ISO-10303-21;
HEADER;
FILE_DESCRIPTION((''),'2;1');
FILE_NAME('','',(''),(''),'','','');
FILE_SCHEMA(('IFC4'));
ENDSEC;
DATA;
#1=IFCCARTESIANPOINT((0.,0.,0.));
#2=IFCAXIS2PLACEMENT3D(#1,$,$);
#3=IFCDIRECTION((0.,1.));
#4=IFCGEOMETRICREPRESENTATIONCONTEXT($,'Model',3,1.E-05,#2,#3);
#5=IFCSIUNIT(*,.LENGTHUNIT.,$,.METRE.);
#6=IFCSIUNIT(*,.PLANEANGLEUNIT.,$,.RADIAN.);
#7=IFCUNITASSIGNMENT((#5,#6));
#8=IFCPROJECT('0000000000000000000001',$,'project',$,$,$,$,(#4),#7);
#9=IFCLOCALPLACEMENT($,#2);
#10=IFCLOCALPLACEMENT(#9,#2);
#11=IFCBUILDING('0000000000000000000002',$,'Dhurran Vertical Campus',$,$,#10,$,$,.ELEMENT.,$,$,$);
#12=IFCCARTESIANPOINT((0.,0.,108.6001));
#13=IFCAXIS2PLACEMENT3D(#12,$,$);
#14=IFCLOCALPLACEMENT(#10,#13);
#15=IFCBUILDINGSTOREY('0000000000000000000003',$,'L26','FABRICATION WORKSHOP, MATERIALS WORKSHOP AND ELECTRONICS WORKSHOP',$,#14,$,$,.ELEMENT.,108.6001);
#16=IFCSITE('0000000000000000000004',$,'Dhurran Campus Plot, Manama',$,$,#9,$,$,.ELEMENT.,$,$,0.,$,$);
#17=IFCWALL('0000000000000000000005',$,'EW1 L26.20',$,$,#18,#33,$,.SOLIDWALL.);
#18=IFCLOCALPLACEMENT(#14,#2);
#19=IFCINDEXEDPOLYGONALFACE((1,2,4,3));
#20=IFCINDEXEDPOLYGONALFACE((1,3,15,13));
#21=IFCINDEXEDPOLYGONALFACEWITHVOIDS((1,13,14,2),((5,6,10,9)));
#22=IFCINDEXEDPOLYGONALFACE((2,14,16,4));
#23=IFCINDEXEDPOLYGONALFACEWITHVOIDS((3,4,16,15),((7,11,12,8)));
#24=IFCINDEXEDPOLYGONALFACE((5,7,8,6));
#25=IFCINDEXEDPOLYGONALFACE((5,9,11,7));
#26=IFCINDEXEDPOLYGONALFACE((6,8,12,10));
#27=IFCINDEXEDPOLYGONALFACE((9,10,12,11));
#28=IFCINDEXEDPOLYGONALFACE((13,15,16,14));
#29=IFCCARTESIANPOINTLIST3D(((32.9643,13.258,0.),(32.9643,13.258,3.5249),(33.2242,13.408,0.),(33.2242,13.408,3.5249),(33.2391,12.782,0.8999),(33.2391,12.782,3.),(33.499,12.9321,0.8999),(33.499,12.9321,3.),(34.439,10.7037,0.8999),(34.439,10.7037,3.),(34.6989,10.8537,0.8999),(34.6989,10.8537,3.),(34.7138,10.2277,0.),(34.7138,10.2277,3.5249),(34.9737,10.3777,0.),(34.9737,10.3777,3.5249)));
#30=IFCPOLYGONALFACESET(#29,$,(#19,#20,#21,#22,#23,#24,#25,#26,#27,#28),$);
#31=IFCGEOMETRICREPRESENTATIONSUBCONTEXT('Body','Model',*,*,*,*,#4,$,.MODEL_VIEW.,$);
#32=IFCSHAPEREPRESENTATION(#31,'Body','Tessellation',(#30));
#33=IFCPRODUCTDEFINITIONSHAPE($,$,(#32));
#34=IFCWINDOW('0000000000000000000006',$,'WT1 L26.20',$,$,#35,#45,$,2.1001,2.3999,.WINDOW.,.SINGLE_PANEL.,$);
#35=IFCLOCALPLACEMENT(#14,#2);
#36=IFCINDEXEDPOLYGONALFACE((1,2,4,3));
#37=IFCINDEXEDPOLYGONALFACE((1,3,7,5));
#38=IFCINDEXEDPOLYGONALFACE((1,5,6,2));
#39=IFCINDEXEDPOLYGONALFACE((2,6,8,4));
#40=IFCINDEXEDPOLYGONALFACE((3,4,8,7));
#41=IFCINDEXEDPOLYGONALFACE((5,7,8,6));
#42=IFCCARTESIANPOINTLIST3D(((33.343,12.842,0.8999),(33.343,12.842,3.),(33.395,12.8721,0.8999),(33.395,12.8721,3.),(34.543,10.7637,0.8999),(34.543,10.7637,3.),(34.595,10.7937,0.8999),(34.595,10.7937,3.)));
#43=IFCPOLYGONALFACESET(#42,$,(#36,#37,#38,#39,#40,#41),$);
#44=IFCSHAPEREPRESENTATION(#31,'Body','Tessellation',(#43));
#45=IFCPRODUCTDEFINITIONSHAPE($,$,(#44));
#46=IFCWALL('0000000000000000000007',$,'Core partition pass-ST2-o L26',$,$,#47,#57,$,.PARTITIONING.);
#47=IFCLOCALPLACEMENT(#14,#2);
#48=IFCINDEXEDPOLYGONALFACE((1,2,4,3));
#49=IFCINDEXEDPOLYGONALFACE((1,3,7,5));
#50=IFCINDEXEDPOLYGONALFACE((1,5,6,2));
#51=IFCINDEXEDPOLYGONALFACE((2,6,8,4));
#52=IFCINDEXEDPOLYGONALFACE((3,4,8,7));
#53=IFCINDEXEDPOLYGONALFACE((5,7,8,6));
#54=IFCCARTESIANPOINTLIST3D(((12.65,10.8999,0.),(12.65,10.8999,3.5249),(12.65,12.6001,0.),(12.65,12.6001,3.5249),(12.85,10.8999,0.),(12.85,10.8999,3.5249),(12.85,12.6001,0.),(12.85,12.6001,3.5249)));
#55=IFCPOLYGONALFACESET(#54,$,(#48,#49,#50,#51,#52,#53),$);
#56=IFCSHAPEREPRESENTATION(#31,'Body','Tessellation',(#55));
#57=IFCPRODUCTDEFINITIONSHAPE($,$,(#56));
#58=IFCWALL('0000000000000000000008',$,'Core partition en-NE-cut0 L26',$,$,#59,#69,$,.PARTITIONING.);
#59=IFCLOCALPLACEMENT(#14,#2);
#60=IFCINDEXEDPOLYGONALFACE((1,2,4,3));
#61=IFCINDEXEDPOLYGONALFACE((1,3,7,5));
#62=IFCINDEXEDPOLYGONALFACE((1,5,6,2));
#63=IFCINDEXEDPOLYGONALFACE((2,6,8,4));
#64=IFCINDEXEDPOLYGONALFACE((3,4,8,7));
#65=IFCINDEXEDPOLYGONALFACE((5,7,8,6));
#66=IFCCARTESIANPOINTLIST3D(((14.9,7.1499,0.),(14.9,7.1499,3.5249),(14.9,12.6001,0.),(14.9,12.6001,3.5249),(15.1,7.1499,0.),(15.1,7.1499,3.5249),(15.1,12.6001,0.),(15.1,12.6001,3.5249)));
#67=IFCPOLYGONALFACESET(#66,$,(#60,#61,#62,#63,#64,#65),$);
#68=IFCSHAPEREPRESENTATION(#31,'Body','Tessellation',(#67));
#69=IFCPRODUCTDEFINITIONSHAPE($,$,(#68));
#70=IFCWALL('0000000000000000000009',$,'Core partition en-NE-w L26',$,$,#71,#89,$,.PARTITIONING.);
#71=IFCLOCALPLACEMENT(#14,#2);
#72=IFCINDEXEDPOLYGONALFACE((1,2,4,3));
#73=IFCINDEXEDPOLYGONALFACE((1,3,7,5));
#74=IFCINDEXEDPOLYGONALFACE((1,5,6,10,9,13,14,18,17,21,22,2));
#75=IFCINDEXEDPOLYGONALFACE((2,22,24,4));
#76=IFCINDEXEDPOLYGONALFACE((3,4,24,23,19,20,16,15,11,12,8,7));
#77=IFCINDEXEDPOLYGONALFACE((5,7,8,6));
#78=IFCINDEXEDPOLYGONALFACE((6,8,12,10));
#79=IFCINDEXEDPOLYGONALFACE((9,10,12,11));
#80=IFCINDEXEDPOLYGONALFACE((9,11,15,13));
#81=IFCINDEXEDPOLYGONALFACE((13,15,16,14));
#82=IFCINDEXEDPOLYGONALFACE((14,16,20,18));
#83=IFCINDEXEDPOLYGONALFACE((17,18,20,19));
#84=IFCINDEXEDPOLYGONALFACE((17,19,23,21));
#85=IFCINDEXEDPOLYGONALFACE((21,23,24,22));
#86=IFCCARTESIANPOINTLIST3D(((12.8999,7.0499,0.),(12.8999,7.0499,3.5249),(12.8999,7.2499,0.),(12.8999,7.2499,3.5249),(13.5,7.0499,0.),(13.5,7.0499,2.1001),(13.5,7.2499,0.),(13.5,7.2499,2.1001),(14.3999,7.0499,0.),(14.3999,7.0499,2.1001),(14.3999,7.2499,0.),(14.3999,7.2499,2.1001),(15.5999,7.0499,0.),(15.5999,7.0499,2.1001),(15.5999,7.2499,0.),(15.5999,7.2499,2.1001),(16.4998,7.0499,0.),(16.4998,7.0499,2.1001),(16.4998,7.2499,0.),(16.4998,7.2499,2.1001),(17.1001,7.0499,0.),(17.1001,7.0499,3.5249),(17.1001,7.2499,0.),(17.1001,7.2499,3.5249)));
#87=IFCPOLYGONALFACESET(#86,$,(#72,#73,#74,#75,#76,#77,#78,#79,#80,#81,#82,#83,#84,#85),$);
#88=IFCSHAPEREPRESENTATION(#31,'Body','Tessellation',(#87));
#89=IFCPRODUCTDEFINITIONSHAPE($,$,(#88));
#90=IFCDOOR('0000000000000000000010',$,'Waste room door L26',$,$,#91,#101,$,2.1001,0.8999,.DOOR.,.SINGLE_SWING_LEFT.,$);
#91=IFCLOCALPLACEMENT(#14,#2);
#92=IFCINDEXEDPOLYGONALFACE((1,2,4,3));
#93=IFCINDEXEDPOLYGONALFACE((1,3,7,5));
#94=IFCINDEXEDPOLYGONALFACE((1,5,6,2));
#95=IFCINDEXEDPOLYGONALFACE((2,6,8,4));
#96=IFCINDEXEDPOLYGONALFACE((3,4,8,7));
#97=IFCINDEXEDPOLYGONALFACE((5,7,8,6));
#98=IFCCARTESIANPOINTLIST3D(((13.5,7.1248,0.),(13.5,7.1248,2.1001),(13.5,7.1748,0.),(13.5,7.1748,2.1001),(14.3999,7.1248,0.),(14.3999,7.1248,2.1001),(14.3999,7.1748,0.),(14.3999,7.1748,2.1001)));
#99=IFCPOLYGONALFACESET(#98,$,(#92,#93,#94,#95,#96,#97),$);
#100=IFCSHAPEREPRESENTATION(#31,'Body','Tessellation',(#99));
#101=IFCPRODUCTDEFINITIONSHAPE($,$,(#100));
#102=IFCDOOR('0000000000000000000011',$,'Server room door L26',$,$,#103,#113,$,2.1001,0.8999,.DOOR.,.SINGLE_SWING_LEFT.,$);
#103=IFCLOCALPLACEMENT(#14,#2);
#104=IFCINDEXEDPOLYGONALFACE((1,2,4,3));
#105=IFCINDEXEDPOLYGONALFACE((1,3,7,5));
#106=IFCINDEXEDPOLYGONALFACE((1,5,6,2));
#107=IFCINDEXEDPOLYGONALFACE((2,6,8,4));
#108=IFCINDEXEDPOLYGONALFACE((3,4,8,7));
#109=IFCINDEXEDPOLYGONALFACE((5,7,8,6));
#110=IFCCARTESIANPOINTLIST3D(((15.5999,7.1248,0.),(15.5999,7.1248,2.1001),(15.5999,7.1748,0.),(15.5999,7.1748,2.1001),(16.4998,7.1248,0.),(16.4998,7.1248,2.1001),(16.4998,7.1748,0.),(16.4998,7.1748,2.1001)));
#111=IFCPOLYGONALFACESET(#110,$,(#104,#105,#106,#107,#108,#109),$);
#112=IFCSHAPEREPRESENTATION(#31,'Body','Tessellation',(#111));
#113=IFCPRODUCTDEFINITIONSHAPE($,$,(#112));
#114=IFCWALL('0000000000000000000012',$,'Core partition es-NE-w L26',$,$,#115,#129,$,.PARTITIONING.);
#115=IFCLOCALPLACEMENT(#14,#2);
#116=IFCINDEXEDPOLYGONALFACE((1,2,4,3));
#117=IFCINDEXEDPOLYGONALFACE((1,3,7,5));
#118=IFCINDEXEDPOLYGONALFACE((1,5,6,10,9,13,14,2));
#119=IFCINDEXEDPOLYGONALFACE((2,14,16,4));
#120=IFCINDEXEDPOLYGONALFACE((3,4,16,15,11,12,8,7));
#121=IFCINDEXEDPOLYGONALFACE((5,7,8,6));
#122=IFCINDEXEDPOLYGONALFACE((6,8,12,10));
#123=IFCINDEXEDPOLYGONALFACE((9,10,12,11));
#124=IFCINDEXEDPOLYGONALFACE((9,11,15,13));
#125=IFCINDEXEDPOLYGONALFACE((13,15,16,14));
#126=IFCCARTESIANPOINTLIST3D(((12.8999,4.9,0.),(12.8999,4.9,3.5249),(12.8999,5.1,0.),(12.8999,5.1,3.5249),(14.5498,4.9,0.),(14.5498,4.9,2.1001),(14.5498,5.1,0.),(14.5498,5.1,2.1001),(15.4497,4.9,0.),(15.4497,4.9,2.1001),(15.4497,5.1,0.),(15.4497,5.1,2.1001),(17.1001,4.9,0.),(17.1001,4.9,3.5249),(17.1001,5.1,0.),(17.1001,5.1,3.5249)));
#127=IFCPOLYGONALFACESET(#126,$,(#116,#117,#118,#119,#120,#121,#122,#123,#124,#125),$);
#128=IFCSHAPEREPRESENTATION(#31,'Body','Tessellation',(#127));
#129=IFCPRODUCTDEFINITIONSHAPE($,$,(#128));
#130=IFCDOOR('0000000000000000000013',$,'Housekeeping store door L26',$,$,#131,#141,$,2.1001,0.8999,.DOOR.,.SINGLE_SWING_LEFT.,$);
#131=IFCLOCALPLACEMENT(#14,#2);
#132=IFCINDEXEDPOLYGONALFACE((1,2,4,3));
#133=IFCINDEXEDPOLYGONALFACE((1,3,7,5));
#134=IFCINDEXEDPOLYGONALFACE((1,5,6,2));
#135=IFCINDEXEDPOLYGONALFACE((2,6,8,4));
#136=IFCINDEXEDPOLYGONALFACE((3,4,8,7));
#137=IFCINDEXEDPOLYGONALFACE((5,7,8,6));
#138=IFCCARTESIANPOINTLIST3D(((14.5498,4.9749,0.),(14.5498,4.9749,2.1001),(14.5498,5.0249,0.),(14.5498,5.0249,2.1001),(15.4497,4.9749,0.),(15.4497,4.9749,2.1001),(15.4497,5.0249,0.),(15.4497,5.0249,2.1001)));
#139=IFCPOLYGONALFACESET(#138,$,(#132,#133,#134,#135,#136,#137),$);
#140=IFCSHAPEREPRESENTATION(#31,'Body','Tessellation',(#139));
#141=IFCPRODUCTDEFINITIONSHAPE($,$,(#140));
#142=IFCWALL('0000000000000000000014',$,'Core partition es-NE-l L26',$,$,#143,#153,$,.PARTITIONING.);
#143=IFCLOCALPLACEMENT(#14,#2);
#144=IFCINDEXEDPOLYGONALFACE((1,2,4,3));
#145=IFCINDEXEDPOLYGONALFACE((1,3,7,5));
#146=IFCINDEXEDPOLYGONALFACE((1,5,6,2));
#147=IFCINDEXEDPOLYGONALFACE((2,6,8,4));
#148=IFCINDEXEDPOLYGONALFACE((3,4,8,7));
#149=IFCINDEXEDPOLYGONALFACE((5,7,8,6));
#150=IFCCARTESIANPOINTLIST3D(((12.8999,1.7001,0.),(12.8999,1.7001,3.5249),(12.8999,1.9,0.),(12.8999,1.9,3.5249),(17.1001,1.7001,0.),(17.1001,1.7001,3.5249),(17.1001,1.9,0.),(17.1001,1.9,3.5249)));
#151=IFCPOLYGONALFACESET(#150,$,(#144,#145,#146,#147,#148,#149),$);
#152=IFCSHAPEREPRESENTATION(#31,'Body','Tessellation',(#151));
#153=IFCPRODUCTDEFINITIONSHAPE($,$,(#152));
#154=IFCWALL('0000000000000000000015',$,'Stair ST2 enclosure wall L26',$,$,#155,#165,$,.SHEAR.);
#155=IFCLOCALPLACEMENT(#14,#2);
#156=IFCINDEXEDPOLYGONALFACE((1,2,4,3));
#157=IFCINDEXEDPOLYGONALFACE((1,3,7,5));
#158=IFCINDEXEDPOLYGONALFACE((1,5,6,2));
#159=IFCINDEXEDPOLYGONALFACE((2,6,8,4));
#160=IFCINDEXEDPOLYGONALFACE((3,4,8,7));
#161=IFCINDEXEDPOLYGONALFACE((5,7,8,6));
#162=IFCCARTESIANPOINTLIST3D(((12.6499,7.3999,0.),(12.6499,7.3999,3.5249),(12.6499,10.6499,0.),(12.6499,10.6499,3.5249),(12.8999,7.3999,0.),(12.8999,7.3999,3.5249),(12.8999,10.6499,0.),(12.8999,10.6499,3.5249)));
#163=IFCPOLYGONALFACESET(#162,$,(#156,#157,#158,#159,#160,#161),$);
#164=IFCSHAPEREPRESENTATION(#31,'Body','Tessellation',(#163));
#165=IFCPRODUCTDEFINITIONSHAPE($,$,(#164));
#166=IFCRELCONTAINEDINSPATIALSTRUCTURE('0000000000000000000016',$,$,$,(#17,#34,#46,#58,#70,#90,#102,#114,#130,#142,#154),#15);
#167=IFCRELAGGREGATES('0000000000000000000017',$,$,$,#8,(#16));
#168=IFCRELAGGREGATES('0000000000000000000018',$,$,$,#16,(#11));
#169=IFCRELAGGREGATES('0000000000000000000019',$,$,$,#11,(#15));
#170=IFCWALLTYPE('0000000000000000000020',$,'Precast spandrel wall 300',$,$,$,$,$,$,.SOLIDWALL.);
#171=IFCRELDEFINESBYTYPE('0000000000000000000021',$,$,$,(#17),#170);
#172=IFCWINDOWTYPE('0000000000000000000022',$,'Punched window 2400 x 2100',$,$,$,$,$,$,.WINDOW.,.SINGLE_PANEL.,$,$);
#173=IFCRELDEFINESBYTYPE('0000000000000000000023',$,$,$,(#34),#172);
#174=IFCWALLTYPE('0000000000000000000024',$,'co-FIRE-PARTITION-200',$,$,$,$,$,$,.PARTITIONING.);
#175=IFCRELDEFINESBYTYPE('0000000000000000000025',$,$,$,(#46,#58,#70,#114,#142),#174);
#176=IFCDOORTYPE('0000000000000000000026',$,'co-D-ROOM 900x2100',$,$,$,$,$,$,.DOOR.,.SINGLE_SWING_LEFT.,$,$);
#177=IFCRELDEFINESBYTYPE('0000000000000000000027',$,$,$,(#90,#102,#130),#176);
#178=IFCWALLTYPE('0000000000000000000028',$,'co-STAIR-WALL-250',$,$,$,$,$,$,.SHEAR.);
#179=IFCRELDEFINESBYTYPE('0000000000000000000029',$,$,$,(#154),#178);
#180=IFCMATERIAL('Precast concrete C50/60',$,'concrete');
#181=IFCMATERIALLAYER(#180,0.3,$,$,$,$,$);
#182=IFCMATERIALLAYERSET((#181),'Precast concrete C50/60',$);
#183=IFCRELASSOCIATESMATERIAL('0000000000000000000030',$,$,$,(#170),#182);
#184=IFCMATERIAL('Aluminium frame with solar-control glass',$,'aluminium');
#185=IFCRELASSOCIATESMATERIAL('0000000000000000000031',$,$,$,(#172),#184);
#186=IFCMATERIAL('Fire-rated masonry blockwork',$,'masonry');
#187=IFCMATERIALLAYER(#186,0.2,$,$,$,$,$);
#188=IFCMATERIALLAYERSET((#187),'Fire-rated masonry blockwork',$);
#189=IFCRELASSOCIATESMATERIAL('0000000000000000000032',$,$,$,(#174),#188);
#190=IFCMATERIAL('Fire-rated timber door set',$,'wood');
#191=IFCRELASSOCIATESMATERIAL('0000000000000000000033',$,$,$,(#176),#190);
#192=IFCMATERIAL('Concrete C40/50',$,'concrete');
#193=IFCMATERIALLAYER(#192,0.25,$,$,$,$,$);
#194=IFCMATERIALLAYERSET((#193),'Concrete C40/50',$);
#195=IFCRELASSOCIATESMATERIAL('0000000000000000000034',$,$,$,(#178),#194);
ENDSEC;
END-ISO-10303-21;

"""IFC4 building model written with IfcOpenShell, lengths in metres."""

from ifc_helpers import new_model, si_unit, direction, frame, frame_2d, origin, place, context, subcontext, project, spatial, rectangle, extrude, material, layer, layer_set, type_object, element, fill, save


model = new_model("IFC4")

# Units and contexts
model_context = context("Model", 3, precision=1e-05, world=origin(), true_north=direction((0.0, 1.0)))
body_context = subcontext(model_context, "Body", "Model", "MODEL_VIEW")
ifc_project = project(units=[si_unit("LENGTHUNIT", "METRE"), si_unit("PLANEANGLEUNIT", "RADIAN")], contexts=[model_context])

# Site, building, storey
site_placement = place(None, origin())
site = spatial("IfcSite", under=ifc_project, at=site_placement, Name="Dhurran Campus Plot, Manama", CompositionType="ELEMENT", RefElevation=0.0)
building_placement = place(site_placement, origin())
building = spatial("IfcBuilding", under=site, at=building_placement, Name="Dhurran Vertical Campus", CompositionType="ELEMENT")
storey_placement = place(building_placement, frame((0.0, 0.0, 108.6001)))
storey = spatial("IfcBuildingStorey", under=building, at=storey_placement, Name="L26", Description="FABRICATION WORKSHOP, MATERIALS WORKSHOP AND ELECTRONICS WORKSHOP", CompositionType="ELEMENT", Elevation=108.6001)

# Wall, opening, window
ifc_material_1 = material(Name="Precast concrete C50/60", Category="concrete")
ifc_layer_1 = layer(ifc_material_1, 0.3)
ifc_layer_set_1 = layer_set([ifc_layer_1], Name="Precast concrete C50/60")
wall_type_1 = type_object("IfcWallType", Name="Precast spandrel wall 300", PredefinedType="SOLIDWALL", material=ifc_layer_set_1)
ifc_material_2 = material(Name="Aluminium frame with solar-control glass", Category="aluminium")
window_type = type_object("IfcWindowType", Name="Punched window 2400 x 2100", PartitioningType="SINGLE_PANEL", PredefinedType="WINDOW", material=ifc_material_2)
wall_1_placement = place(storey_placement, frame((34.8438, 10.3027, 0.0), z_axis=(0.0, 0.0, 1.0), x_axis=(-0.499996, 0.866028, 0.0)))
wall_1 = element("IfcWall", 1, at=wall_1_placement, inside=storey, type_object=wall_type_1, Name="EW1 L26.20", PredefinedType="SOLIDWALL", context=body_context, shape_type="SweptSolid", body=[
    extrude(rectangle(XDim=3.499, YDim=0.3, at=frame_2d((1.7495, 0.0))), origin(), (0.0, 0.0, 1.0), 3.5249),
])
opening_1_placement = place(wall_1_placement, frame((0.5496, 0.0, 0.8999)))
opening_1 = element("IfcOpeningElement", 2, at=opening_1_placement, cuts=wall_1, PredefinedType="OPENING", context=body_context, shape_type="SweptSolid", body=[
    extrude(rectangle(XDim=2.3999, YDim=2.1001, at=frame_2d((1.2, 1.05))), frame((0.0, 0.1599, 0.0), z_axis=(0.0, -1.0, 0.0), x_axis=(1.0, 0.0, 0.0)), (0.0, 0.0, 1.0), 0.3201),
])
window_1_placement = place(opening_1_placement, origin())
window_1 = element("IfcWindow", 3, at=window_1_placement, inside=storey, type_object=window_type, Name="WT1 L26.20", OverallHeight=2.1001, OverallWidth=2.3999, PartitioningType="SINGLE_PANEL", PredefinedType="WINDOW", context=body_context, shape_type="SweptSolid", body=[
    extrude(rectangle(XDim=2.3999, YDim=2.1001, at=frame_2d((1.2, 1.05))), frame((0.0, 0.03, 0.0), z_axis=(0.0, -1.0, 0.0), x_axis=(1.0, 0.0, 0.0)), (0.0, 0.0, 1.0), 0.0601),
])
fill(opening_1, window_1)

# Walls
ifc_material_3 = material(Name="Fire-rated masonry blockwork", Category="masonry")
ifc_layer_2 = layer(ifc_material_3, 0.2)
ifc_layer_set_2 = layer_set([ifc_layer_2], Name="Fire-rated masonry blockwork")
wall_type_2 = type_object("IfcWallType", Name="co-FIRE-PARTITION-200", PredefinedType="PARTITIONING", material=ifc_layer_set_2)
wall_2_placement = place(storey_placement, frame((12.75, 10.8999, 0.0), z_axis=(0.0, 0.0, 1.0), x_axis=(0.0, 1.0, 0.0)))
element("IfcWall", 4, at=wall_2_placement, inside=storey, type_object=wall_type_2, Name="Core partition pass-ST2-o L26", PredefinedType="PARTITIONING", context=body_context, shape_type="SweptSolid", body=[
    extrude(rectangle(XDim=1.7002, YDim=0.2, at=frame_2d((0.8501, 0.0))), origin(), (0.0, 0.0, 1.0), 3.5249),
])
wall_3_placement = place(storey_placement, frame((15.0, 7.1499, 0.0), z_axis=(0.0, 0.0, 1.0), x_axis=(0.0, 1.0, 0.0)))
element("IfcWall", 5, at=wall_3_placement, inside=storey, type_object=wall_type_2, Name="Core partition en-NE-cut0 L26", PredefinedType="PARTITIONING", context=body_context, shape_type="SweptSolid", body=[
    extrude(rectangle(XDim=5.4502, YDim=0.2, at=frame_2d((2.7251, 0.0))), origin(), (0.0, 0.0, 1.0), 3.5249),
])

# Wall, openings, doors
wall_4_placement = place(storey_placement, frame((12.8999, 7.1499, 0.0), z_axis=(0.0, 0.0, 1.0), x_axis=(1.0, 0.0, 0.0)))
wall_4 = element("IfcWall", 6, at=wall_4_placement, inside=storey, type_object=wall_type_2, Name="Core partition en-NE-w L26", PredefinedType="PARTITIONING", context=body_context, shape_type="SweptSolid", body=[
    extrude(rectangle(XDim=4.2002, YDim=0.2, at=frame_2d((2.1001, 0.0))), origin(), (0.0, 0.0, 1.0), 3.5249),
])
opening_2_placement = place(wall_4_placement, frame((0.6001, 0.0, 0.0)))
opening_2 = element("IfcOpeningElement", 7, at=opening_2_placement, cuts=wall_4, PredefinedType="OPENING", context=body_context, shape_type="SweptSolid", body=[
    extrude(rectangle(XDim=0.8999, YDim=2.1001, at=frame_2d((0.45, 1.05))), frame((0.0, 0.1099, 0.0), z_axis=(0.0, -1.0, 0.0), x_axis=(1.0, 0.0, 0.0)), (0.0, 0.0, 1.0), 0.22),
])
opening_3_placement = place(wall_4_placement, frame((2.7, 0.0, 0.0)))
opening_3 = element("IfcOpeningElement", 8, at=opening_3_placement, cuts=wall_4, PredefinedType="OPENING", context=body_context, shape_type="SweptSolid", body=[
    extrude(rectangle(XDim=0.8999, YDim=2.1001, at=frame_2d((0.45, 1.05))), frame((0.0, 0.1099, 0.0), z_axis=(0.0, -1.0, 0.0), x_axis=(1.0, 0.0, 0.0)), (0.0, 0.0, 1.0), 0.22),
])
ifc_material_4 = material(Name="Fire-rated timber door set", Category="wood")
door_type_1 = type_object("IfcDoorType", Name="co-D-ROOM 900x2100", OperationType="SINGLE_SWING_LEFT", PredefinedType="DOOR", material=ifc_material_4)
door_1_placement = place(opening_2_placement, origin())
door_1 = element("IfcDoor", 9, at=door_1_placement, inside=storey, type_object=door_type_1, Name="Waste room door L26", OperationType="SINGLE_SWING_LEFT", OverallHeight=2.1001, OverallWidth=0.8999, PredefinedType="DOOR", context=body_context, shape_type="SweptSolid", body=[
    extrude(rectangle(XDim=0.8999, YDim=2.1001, at=frame_2d((0.45, 1.05))), frame((0.0, 0.0249, 0.0), z_axis=(0.0, -1.0, 0.0), x_axis=(1.0, 0.0, 0.0)), (0.0, 0.0, 1.0), 0.05),
])
fill(opening_2, door_1)
door_2_placement = place(opening_3_placement, origin())
door_2 = element("IfcDoor", 10, at=door_2_placement, inside=storey, type_object=door_type_1, Name="Server room door L26", OperationType="SINGLE_SWING_LEFT", OverallHeight=2.1001, OverallWidth=0.8999, PredefinedType="DOOR", context=body_context, shape_type="SweptSolid", body=[
    extrude(rectangle(XDim=0.8999, YDim=2.1001, at=frame_2d((0.45, 1.05))), frame((0.0, 0.0249, 0.0), z_axis=(0.0, -1.0, 0.0), x_axis=(1.0, 0.0, 0.0)), (0.0, 0.0, 1.0), 0.05),
])
fill(opening_3, door_2)

# Wall, opening, door
wall_5_placement = place(storey_placement, frame((12.8999, 5.0, 0.0), z_axis=(0.0, 0.0, 1.0), x_axis=(1.0, 0.0, 0.0)))
wall_5 = element("IfcWall", 11, at=wall_5_placement, inside=storey, type_object=wall_type_2, Name="Core partition es-NE-w L26", PredefinedType="PARTITIONING", context=body_context, shape_type="SweptSolid", body=[
    extrude(rectangle(XDim=4.2002, YDim=0.2, at=frame_2d((2.1001, 0.0))), origin(), (0.0, 0.0, 1.0), 3.5249),
])
opening_4_placement = place(wall_5_placement, frame((1.6499, 0.0, 0.0)))
opening_4 = element("IfcOpeningElement", 12, at=opening_4_placement, cuts=wall_5, PredefinedType="OPENING", context=body_context, shape_type="SweptSolid", body=[
    extrude(rectangle(XDim=0.8999, YDim=2.1001, at=frame_2d((0.45, 1.05))), frame((0.0, 0.1099, 0.0), z_axis=(0.0, -1.0, 0.0), x_axis=(1.0, 0.0, 0.0)), (0.0, 0.0, 1.0), 0.22),
])
door_3_placement = place(opening_4_placement, origin())
door_3 = element("IfcDoor", 13, at=door_3_placement, inside=storey, type_object=door_type_1, Name="Housekeeping store door L26", OperationType="SINGLE_SWING_LEFT", OverallHeight=2.1001, OverallWidth=0.8999, PredefinedType="DOOR", context=body_context, shape_type="SweptSolid", body=[
    extrude(rectangle(XDim=0.8999, YDim=2.1001, at=frame_2d((0.45, 1.05))), frame((0.0, 0.0249, 0.0), z_axis=(0.0, -1.0, 0.0), x_axis=(1.0, 0.0, 0.0)), (0.0, 0.0, 1.0), 0.05),
])
fill(opening_4, door_3)

# Walls
wall_6_placement = place(storey_placement, frame((12.8999, 1.8, 0.0), z_axis=(0.0, 0.0, 1.0), x_axis=(1.0, 0.0, 0.0)))
element("IfcWall", 14, at=wall_6_placement, inside=storey, type_object=wall_type_2, Name="Core partition es-NE-l L26", PredefinedType="PARTITIONING", context=body_context, shape_type="SweptSolid", body=[
    extrude(rectangle(XDim=4.2002, YDim=0.2, at=frame_2d((2.1001, 0.0))), origin(), (0.0, 0.0, 1.0), 3.5249),
])
ifc_material_5 = material(Name="Concrete C40/50", Category="concrete")
ifc_layer_3 = layer(ifc_material_5, 0.25)
ifc_layer_set_3 = layer_set([ifc_layer_3], Name="Concrete C40/50")
wall_type_3 = type_object("IfcWallType", Name="co-STAIR-WALL-250", PredefinedType="SHEAR", material=ifc_layer_set_3)
wall_7_placement = place(storey_placement, frame((12.7749, 7.3999, 0.0), z_axis=(0.0, 0.0, 1.0), x_axis=(0.0, 1.0, 0.0)))
element("IfcWall", 15, at=wall_7_placement, inside=storey, type_object=wall_type_3, Name="Stair ST2 enclosure wall L26", PredefinedType="SHEAR", context=body_context, shape_type="SweptSolid", body=[
    extrude(rectangle(XDim=3.25, YDim=0.25, at=frame_2d((1.625, 0.0))), origin(), (0.0, 0.0, 1.0), 3.5249),
])

save(model, "model.ifc")
